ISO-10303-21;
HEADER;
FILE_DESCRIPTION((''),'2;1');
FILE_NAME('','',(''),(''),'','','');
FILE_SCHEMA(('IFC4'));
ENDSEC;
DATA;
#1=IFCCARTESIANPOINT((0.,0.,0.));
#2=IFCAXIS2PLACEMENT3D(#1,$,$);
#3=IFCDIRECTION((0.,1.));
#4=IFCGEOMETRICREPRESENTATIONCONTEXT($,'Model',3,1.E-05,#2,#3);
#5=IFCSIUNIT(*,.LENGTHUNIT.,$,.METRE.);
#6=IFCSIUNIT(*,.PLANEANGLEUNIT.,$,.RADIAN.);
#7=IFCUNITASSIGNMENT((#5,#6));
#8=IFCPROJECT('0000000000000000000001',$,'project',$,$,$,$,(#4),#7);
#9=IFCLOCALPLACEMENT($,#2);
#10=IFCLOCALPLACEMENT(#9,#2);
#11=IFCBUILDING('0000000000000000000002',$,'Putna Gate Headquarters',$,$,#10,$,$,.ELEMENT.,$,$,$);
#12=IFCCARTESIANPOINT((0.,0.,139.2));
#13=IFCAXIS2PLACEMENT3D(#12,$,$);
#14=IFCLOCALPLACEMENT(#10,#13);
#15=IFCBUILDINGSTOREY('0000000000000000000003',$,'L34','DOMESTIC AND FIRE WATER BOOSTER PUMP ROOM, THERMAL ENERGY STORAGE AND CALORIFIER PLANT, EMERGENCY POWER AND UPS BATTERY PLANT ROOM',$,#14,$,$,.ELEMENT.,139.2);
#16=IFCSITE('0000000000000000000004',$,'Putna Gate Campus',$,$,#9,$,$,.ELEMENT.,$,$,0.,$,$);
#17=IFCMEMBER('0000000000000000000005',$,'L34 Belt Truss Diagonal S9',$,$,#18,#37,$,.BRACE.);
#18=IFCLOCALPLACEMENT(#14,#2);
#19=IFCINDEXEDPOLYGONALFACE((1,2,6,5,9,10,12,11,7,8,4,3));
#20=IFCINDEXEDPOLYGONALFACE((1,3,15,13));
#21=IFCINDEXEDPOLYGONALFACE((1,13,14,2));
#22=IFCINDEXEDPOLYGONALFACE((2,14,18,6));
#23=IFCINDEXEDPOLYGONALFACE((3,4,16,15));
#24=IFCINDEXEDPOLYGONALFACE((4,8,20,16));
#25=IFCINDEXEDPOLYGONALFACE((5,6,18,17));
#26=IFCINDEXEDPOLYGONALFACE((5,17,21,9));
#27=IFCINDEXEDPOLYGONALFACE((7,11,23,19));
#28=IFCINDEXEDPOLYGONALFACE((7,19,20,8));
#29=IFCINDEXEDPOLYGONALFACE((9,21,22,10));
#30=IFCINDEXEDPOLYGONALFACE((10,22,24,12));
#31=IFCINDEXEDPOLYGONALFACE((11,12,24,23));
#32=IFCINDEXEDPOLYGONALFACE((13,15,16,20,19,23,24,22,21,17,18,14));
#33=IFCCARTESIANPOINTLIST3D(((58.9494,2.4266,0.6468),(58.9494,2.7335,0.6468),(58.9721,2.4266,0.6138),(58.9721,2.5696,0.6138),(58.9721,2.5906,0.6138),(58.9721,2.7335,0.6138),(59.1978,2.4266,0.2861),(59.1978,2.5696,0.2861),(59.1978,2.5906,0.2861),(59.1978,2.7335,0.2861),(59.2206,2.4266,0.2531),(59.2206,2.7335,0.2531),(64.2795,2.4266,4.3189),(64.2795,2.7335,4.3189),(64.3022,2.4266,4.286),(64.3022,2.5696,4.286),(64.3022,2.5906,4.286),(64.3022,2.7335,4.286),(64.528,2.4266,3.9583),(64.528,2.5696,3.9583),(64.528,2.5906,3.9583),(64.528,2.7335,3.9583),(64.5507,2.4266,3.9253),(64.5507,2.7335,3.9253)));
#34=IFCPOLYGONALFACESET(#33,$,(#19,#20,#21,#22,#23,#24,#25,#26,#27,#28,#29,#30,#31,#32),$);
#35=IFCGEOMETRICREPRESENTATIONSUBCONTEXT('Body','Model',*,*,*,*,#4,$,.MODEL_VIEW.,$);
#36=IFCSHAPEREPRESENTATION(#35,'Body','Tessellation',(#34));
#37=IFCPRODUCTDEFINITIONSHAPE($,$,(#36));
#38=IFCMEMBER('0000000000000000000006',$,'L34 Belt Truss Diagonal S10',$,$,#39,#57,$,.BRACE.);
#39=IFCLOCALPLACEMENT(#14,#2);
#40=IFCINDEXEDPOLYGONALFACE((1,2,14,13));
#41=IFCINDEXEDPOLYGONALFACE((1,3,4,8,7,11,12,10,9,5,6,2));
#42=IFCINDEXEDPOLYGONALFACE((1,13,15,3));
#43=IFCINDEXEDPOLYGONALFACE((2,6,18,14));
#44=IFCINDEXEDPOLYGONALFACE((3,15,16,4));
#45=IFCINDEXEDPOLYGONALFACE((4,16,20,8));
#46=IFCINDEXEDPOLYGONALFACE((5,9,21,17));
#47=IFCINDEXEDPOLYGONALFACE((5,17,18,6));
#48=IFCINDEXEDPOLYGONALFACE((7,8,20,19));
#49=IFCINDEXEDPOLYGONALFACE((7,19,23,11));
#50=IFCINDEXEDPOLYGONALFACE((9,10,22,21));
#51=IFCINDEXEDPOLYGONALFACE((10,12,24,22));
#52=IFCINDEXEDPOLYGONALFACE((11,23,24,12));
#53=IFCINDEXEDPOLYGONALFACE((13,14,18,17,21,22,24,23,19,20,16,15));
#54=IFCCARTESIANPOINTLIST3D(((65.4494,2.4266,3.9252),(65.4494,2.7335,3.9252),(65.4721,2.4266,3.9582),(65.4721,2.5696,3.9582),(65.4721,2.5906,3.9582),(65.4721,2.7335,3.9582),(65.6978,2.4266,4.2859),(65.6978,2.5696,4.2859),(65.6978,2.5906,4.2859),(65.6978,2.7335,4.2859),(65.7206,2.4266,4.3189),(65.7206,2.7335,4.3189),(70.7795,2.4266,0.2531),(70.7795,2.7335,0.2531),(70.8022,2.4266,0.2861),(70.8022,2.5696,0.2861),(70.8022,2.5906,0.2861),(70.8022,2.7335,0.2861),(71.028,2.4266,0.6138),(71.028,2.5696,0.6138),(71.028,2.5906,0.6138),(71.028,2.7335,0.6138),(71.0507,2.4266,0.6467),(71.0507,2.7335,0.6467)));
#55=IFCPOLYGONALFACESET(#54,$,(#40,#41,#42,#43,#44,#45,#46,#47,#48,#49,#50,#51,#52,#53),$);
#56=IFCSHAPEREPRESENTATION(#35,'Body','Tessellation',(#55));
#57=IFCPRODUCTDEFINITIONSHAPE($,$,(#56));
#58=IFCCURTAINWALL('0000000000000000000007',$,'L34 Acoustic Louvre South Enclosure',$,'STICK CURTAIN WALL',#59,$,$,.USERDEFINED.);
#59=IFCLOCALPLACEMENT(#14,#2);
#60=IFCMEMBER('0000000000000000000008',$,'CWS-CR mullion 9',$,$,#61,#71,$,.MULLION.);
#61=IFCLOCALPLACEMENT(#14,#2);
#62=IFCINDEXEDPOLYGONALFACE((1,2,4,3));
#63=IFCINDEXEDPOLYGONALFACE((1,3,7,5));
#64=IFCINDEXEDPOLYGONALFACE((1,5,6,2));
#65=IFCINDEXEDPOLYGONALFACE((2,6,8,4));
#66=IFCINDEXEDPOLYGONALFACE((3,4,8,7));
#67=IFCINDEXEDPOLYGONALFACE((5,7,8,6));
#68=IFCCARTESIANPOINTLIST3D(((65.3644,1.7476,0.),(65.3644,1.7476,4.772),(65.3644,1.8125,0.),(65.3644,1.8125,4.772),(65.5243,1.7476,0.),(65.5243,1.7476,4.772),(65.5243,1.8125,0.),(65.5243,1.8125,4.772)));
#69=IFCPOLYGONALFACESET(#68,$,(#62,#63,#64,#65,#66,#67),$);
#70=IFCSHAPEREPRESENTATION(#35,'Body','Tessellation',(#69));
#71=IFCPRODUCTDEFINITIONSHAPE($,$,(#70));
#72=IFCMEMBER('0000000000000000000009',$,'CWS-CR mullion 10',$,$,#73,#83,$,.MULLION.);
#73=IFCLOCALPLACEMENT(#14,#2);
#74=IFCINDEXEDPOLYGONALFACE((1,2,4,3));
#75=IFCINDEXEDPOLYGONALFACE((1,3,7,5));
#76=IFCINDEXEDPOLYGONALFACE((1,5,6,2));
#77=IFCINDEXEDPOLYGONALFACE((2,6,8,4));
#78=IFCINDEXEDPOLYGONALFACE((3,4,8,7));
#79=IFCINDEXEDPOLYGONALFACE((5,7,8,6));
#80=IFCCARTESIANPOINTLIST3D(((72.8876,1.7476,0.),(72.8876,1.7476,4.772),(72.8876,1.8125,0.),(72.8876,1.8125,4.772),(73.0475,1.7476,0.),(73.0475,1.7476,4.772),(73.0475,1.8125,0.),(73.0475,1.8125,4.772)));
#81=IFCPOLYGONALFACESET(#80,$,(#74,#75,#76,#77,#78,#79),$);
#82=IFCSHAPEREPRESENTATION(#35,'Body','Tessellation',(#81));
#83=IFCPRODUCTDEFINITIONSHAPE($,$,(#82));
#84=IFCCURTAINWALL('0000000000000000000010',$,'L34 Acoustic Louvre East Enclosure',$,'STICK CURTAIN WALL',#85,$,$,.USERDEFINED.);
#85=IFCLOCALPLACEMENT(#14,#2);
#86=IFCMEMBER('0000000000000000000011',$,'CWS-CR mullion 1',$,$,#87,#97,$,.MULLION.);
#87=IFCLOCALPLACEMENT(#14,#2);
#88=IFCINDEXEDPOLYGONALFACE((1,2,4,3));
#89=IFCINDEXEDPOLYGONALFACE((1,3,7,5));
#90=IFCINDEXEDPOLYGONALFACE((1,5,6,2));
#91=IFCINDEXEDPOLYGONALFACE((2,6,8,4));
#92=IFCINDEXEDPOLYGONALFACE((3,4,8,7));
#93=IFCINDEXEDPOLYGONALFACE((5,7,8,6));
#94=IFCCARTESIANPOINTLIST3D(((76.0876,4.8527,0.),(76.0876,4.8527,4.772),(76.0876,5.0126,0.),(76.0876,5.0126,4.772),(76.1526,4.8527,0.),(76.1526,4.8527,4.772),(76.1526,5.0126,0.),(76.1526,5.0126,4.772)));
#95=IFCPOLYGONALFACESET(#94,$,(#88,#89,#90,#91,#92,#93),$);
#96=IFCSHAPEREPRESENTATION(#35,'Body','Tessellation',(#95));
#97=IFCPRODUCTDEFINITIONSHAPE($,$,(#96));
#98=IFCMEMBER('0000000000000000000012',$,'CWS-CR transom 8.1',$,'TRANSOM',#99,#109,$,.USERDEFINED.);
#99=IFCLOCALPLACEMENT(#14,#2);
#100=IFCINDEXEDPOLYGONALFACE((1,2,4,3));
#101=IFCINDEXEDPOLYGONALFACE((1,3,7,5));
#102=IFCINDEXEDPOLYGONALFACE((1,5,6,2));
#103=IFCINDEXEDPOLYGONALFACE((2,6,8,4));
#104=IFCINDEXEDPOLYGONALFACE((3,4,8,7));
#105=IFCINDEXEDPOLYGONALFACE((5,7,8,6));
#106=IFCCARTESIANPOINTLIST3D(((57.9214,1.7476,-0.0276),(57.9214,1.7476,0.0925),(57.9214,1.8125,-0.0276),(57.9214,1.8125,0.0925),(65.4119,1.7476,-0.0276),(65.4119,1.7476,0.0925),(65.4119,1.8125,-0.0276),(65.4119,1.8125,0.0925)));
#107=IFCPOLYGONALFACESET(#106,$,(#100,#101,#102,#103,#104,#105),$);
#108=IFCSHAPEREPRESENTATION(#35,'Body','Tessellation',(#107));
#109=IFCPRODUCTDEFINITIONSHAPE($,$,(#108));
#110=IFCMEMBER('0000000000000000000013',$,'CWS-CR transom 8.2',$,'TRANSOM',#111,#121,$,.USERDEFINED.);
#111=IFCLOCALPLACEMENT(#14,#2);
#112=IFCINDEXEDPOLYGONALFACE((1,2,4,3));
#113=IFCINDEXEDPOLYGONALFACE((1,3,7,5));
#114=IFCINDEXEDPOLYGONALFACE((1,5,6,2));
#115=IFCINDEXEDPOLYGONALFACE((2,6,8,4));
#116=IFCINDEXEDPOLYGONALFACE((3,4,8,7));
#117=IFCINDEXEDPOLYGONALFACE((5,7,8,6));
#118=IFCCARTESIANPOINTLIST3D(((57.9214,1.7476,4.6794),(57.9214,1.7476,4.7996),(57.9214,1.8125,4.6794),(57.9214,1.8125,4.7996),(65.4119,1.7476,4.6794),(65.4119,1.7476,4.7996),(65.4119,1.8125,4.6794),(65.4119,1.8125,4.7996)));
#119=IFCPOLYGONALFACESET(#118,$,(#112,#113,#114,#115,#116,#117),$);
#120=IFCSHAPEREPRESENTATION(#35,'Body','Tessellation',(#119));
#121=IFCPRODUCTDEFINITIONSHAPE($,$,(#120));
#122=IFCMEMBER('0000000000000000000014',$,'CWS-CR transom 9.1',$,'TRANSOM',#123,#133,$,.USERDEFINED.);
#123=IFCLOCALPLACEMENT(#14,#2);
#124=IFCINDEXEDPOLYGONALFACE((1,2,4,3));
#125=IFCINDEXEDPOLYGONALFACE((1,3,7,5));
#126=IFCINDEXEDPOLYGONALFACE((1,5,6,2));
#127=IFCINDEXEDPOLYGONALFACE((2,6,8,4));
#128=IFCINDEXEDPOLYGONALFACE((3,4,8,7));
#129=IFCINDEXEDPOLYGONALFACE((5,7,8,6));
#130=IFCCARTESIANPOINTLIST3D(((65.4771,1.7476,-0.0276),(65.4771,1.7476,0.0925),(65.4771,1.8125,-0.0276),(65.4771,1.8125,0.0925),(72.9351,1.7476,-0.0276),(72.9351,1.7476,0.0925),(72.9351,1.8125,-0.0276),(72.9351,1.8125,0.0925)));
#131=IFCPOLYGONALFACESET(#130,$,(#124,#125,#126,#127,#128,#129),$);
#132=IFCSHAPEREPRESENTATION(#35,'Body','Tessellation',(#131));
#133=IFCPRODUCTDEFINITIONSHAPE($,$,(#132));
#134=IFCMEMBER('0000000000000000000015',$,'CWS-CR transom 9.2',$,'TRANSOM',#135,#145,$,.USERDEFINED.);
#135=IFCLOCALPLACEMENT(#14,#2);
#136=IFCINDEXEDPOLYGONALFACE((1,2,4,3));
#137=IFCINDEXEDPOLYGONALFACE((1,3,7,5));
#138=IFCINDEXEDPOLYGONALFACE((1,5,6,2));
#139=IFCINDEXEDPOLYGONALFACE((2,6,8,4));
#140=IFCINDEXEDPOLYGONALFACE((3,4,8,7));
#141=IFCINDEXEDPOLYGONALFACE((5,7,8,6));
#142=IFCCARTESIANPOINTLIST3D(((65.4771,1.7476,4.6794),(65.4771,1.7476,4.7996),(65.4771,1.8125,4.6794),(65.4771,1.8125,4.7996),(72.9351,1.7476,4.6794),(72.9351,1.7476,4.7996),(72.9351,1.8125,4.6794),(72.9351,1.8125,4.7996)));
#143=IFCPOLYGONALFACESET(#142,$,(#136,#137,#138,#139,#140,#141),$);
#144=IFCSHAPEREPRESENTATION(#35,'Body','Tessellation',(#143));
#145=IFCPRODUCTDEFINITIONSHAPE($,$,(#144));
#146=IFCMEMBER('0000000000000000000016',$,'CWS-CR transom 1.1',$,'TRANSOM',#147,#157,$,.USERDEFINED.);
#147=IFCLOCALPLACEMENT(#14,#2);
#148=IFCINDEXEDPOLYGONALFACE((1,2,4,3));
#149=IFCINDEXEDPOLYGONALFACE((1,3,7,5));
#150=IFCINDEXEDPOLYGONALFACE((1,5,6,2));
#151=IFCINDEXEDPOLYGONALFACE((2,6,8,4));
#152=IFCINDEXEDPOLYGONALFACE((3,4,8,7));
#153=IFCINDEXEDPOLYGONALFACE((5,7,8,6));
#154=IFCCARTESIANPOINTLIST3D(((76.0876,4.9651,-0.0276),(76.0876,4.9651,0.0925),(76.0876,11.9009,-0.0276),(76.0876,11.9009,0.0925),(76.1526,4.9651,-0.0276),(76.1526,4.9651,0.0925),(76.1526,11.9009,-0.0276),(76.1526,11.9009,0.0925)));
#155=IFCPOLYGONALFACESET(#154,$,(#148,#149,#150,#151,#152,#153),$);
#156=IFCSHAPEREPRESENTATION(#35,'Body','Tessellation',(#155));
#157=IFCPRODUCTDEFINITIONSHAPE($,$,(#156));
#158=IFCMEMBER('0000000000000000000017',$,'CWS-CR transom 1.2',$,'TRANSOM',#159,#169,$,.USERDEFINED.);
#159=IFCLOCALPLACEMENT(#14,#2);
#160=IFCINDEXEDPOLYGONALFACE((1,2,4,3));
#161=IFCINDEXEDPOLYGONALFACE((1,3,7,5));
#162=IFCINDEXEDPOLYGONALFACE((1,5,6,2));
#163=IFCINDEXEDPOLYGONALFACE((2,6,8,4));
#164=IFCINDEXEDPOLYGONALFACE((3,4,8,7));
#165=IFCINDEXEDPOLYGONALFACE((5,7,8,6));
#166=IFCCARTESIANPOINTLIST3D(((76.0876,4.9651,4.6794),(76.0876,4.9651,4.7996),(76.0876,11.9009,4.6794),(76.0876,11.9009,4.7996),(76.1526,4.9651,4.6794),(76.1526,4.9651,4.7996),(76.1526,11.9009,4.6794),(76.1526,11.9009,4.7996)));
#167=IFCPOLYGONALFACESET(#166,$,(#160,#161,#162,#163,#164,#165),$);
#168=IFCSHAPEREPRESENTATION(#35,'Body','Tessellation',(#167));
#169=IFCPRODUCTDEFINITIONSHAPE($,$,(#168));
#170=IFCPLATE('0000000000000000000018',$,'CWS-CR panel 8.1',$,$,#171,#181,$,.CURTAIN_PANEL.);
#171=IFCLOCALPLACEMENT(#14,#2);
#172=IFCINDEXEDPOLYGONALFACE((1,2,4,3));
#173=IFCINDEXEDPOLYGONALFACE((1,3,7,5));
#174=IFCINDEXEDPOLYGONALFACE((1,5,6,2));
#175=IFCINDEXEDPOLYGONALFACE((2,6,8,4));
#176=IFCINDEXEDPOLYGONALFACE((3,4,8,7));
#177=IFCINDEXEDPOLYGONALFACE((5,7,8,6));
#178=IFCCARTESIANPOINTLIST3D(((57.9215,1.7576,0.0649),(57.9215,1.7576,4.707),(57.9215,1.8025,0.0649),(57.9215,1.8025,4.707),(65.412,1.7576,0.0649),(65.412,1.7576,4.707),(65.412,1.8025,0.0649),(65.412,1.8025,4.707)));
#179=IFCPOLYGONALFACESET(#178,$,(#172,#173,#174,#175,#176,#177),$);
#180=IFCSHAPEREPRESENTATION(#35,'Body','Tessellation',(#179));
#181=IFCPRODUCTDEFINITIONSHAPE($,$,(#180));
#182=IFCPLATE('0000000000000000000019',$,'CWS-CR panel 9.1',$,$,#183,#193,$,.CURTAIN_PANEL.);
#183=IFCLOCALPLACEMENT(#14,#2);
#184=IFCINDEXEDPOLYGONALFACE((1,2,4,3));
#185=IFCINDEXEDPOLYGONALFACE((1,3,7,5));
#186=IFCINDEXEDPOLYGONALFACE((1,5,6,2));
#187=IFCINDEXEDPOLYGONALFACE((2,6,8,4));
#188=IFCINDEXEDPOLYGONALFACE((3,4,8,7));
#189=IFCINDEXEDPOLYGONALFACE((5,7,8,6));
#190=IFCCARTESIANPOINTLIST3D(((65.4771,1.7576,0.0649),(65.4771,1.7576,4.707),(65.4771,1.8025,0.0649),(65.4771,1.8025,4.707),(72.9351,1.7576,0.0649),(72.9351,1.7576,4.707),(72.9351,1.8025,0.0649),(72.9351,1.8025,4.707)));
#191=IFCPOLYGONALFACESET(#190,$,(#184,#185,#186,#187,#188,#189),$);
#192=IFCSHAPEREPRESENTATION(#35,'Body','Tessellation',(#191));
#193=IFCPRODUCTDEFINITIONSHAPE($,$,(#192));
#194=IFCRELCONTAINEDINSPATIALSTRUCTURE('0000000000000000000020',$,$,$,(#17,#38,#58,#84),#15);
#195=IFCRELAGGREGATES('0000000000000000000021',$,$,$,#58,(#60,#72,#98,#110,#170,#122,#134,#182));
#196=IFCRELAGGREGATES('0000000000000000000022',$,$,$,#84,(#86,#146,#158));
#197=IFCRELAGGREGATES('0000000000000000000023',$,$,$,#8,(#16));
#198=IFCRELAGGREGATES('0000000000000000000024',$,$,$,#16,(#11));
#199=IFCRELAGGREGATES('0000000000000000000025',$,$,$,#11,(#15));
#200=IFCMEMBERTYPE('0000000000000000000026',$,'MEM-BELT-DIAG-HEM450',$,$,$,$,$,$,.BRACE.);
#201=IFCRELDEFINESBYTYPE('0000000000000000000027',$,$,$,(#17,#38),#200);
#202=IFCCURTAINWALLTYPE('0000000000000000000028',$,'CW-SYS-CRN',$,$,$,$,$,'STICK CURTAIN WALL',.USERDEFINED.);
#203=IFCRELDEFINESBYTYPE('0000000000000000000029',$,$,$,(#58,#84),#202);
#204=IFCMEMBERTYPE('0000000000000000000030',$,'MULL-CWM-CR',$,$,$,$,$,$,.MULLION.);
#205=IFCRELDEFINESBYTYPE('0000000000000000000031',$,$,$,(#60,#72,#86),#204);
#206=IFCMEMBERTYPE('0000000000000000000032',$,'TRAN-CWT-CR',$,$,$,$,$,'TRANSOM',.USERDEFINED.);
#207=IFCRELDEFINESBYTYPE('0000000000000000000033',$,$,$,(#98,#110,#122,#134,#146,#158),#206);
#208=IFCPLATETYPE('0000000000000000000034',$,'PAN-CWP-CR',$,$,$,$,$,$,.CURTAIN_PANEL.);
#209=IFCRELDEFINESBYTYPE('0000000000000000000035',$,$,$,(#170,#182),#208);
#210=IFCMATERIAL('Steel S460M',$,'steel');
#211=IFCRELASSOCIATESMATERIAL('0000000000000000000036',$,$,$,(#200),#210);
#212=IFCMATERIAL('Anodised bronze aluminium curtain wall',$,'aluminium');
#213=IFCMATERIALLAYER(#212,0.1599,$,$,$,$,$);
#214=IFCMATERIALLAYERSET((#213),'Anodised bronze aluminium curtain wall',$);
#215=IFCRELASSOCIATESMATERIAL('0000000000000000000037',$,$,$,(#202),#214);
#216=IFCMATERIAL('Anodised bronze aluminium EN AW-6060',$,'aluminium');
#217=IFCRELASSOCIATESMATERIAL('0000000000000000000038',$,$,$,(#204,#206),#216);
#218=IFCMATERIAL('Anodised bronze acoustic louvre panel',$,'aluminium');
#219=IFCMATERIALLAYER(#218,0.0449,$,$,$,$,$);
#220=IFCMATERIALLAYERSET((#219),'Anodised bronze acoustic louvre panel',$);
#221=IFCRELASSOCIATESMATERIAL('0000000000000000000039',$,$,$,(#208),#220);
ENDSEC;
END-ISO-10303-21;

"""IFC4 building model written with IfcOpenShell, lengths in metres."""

from ifc_helpers import new_model, si_unit, direction, frame, origin, origin_2d, place, context, subcontext, project, spatial, rectangle, i_section, extrude, material, layer, layer_set, material_profile, profile_set, type_object, element, aggregate, save


model = new_model("IFC4")

# Units and contexts
model_context = context("Model", 3, precision=1e-05, world=origin(), true_north=direction((0.0, 1.0)))
body_context = subcontext(model_context, "Body", "Model", "MODEL_VIEW")
ifc_project = project(units=[si_unit("LENGTHUNIT", "METRE"), si_unit("PLANEANGLEUNIT", "RADIAN")], contexts=[model_context])

# Site, building, storey
site_placement = place(None, origin())
site = spatial("IfcSite", under=ifc_project, at=site_placement, Name="Putna Gate Campus", CompositionType="ELEMENT", RefElevation=0.0)
building_placement = place(site_placement, origin())
building = spatial("IfcBuilding", under=site, at=building_placement, Name="Putna Gate Headquarters", CompositionType="ELEMENT")
storey_placement = place(building_placement, frame((0.0, 0.0, 139.2)))
storey = spatial("IfcBuildingStorey", under=building, at=storey_placement, Name="L34", Description="DOMESTIC AND FIRE WATER BOOSTER PUMP ROOM, THERMAL ENERGY STORAGE AND CALORIFIER PLANT, EMERGENCY POWER AND UPS BATTERY PLANT ROOM", CompositionType="ELEMENT", Elevation=139.2)

# Members
ifc_material_1 = material(Name="Steel S460M", Category="steel")
ifc_material_profile_1 = material_profile(ifc_material_1, i_section(OverallWidth=0.3069, OverallDepth=0.478, WebThickness=0.021, FlangeThickness=0.04, at=origin_2d()), Name="Steel S460M")
ifc_profile_set_1 = profile_set([ifc_material_profile_1], Name="Steel S460M")
member_type_1 = type_object("IfcMemberType", Name="MEM-BELT-DIAG-HEM450", PredefinedType="BRACE", material=ifc_profile_set_1)
for number, where, z_axis, x_axis, name in (
    (1, (59.085, 2.5801, 0.45), (0.823487, 0.0, 0.567335), (0.0, 1.0, 0.0), "L34 Belt Truss Diagonal S9"),
    (2, (65.585, 2.5801, 4.1221), (0.823487, 0.0, -0.567335), (0.0, 1.0, 0.0), "L34 Belt Truss Diagonal S10"),
):
    element("IfcMember", number, at=place(storey_placement, frame(where, z_axis=z_axis, x_axis=x_axis)), inside=storey, type_object=member_type_1, Name=name, PredefinedType="BRACE", context=body_context, shape_type="SweptSolid", body=[
        extrude(i_section(OverallWidth=0.3069, OverallDepth=0.478, WebThickness=0.021, FlangeThickness=0.04, at=origin_2d()), origin(), (0.0, 0.0, 1.0), 6.4727),
    ])

# Curtain wall, members
ifc_material_2 = material(Name="Anodised bronze aluminium curtain wall", Category="aluminium")
ifc_layer_1 = layer(ifc_material_2, 0.1599)
ifc_layer_set_1 = layer_set([ifc_layer_1], Name="Anodised bronze aluminium curtain wall")
curtain_wall_type = type_object("IfcCurtainWallType", Name="CW-SYS-CRN", ElementType="STICK CURTAIN WALL", PredefinedType="USERDEFINED", material=ifc_layer_set_1)
curtain_wall_1_placement = place(storey_placement, origin())
curtain_wall_1 = element("IfcCurtainWall", 3, at=curtain_wall_1_placement, inside=storey, type_object=curtain_wall_type, Name="L34 Acoustic Louvre South Enclosure", ObjectType="STICK CURTAIN WALL", PredefinedType="USERDEFINED")
ifc_material_3 = material(Name="Anodised bronze aluminium EN AW-6060", Category="aluminium")
ifc_material_profile_2 = material_profile(ifc_material_3, rectangle(XDim=0.0649, YDim=0.1599, at=origin_2d()), Name="Anodised bronze aluminium EN AW-6060")
ifc_profile_set_2 = profile_set([ifc_material_profile_2], Name="Anodised bronze aluminium EN AW-6060")
member_type_2 = type_object("IfcMemberType", Name="MULL-CWM-CR", PredefinedType="MULLION", material=ifc_profile_set_2)
member_1_placement = place(storey_placement, frame((65.4443, 1.78, 0.0), z_axis=(0.0, 0.0, 1.0), x_axis=(0.0, 1.0, 0.0)))
member_1 = element("IfcMember", 4, at=member_1_placement, type_object=member_type_2, Name="CWS-CR mullion 9", PredefinedType="MULLION", context=body_context, shape_type="SweptSolid", body=[
    extrude(rectangle(XDim=0.0649, YDim=0.1599, at=origin_2d()), origin(), (0.0, 0.0, 1.0), 4.772),
])
member_2_placement = place(storey_placement, frame((72.9675, 1.78, 0.0), z_axis=(0.0, 0.0, 1.0), x_axis=(0.0, 1.0, 0.0)))
member_2 = element("IfcMember", 5, at=member_2_placement, type_object=member_type_2, Name="CWS-CR mullion 10", PredefinedType="MULLION", context=body_context, shape_type="SweptSolid", body=[
    extrude(rectangle(XDim=0.0649, YDim=0.1599, at=origin_2d()), origin(), (0.0, 0.0, 1.0), 4.772),
])

# Curtain wall, member
curtain_wall_2_placement = place(storey_placement, origin())
curtain_wall_2 = element("IfcCurtainWall", 6, at=curtain_wall_2_placement, inside=storey, type_object=curtain_wall_type, Name="L34 Acoustic Louvre East Enclosure", ObjectType="STICK CURTAIN WALL", PredefinedType="USERDEFINED")
member_3_placement = place(storey_placement, frame((76.1201, 4.9326, 0.0), z_axis=(0.0, 0.0, 1.0), x_axis=(-1.0, 0.0, 0.0)))
member_3 = element("IfcMember", 7, at=member_3_placement, type_object=member_type_2, Name="CWS-CR mullion 1", PredefinedType="MULLION", context=body_context, shape_type="SweptSolid", body=[
    extrude(rectangle(XDim=0.0649, YDim=0.1599, at=origin_2d()), origin(), (0.0, 0.0, 1.0), 4.772),
])

# Members
ifc_material_profile_3 = material_profile(ifc_material_3, rectangle(XDim=0.0649, YDim=0.1201, at=origin_2d()), Name="Anodised bronze aluminium EN AW-6060")
ifc_profile_set_3 = profile_set([ifc_material_profile_3], Name="Anodised bronze aluminium EN AW-6060")
member_type_3 = type_object("IfcMemberType", Name="TRAN-CWT-CR", ElementType="TRANSOM", PredefinedType="USERDEFINED", material=ifc_profile_set_3)
member_4_placement = place(storey_placement, frame((57.9214, 1.78, 0.0325), z_axis=(1.0, 0.0, 0.0), x_axis=(0.0, 1.0, 0.0)))
member_4 = element("IfcMember", 8, at=member_4_placement, type_object=member_type_3, Name="CWS-CR transom 8.1", ObjectType="TRANSOM", PredefinedType="USERDEFINED", context=body_context, shape_type="SweptSolid", body=[
    extrude(rectangle(XDim=0.0649, YDim=0.1201, at=origin_2d()), origin(), (0.0, 0.0, 1.0), 7.4905),
])
member_5_placement = place(storey_placement, frame((57.9214, 1.78, 4.7395), z_axis=(1.0, 0.0, 0.0), x_axis=(0.0, 1.0, 0.0)))
member_5 = element("IfcMember", 9, at=member_5_placement, type_object=member_type_3, Name="CWS-CR transom 8.2", ObjectType="TRANSOM", PredefinedType="USERDEFINED", context=body_context, shape_type="SweptSolid", body=[
    extrude(rectangle(XDim=0.0649, YDim=0.1201, at=origin_2d()), origin(), (0.0, 0.0, 1.0), 7.4905),
])
member_6_placement = place(storey_placement, frame((65.4771, 1.78, 0.0325), z_axis=(1.0, 0.0, 0.0), x_axis=(0.0, 1.0, 0.0)))
member_6 = element("IfcMember", 10, at=member_6_placement, type_object=member_type_3, Name="CWS-CR transom 9.1", ObjectType="TRANSOM", PredefinedType="USERDEFINED", context=body_context, shape_type="SweptSolid", body=[
    extrude(rectangle(XDim=0.0649, YDim=0.1201, at=origin_2d()), origin(), (0.0, 0.0, 1.0), 7.458),
])
member_7_placement = place(storey_placement, frame((65.4771, 1.78, 4.7395), z_axis=(1.0, 0.0, 0.0), x_axis=(0.0, 1.0, 0.0)))
member_7 = element("IfcMember", 11, at=member_7_placement, type_object=member_type_3, Name="CWS-CR transom 9.2", ObjectType="TRANSOM", PredefinedType="USERDEFINED", context=body_context, shape_type="SweptSolid", body=[
    extrude(rectangle(XDim=0.0649, YDim=0.1201, at=origin_2d()), origin(), (0.0, 0.0, 1.0), 7.458),
])
member_8_placement = place(storey_placement, frame((76.1201, 4.9651, 0.0325), z_axis=(0.0, 1.0, 0.0), x_axis=(-1.0, 0.0, 0.0)))
member_8 = element("IfcMember", 12, at=member_8_placement, type_object=member_type_3, Name="CWS-CR transom 1.1", ObjectType="TRANSOM", PredefinedType="USERDEFINED", context=body_context, shape_type="SweptSolid", body=[
    extrude(rectangle(XDim=0.0649, YDim=0.1201, at=origin_2d()), origin(), (0.0, 0.0, 1.0), 6.9358),
])
member_9_placement = place(storey_placement, frame((76.1201, 4.9651, 4.7395), z_axis=(0.0, 1.0, 0.0), x_axis=(-1.0, 0.0, 0.0)))
member_9 = element("IfcMember", 13, at=member_9_placement, type_object=member_type_3, Name="CWS-CR transom 1.2", ObjectType="TRANSOM", PredefinedType="USERDEFINED", context=body_context, shape_type="SweptSolid", body=[
    extrude(rectangle(XDim=0.0649, YDim=0.1201, at=origin_2d()), origin(), (0.0, 0.0, 1.0), 6.9358),
])

# Plates
ifc_material_4 = material(Name="Anodised bronze acoustic louvre panel", Category="aluminium")
ifc_layer_2 = layer(ifc_material_4, 0.0449)
ifc_layer_set_2 = layer_set([ifc_layer_2], Name="Anodised bronze acoustic louvre panel")
plate_type_1 = type_object("IfcPlateType", Name="PAN-CWP-CR", PredefinedType="CURTAIN_PANEL", material=ifc_layer_set_2)
plate_1_placement = place(storey_placement, frame((61.6667, 1.78, 0.0649), z_axis=(0.0, 0.0, 1.0), x_axis=(1.0, 0.0, 0.0)))
plate_1 = element("IfcPlate", 14, at=plate_1_placement, type_object=plate_type_1, Name="CWS-CR panel 8.1", PredefinedType="CURTAIN_PANEL", context=body_context, shape_type="SweptSolid", body=[
    extrude(rectangle(XDim=7.4905, YDim=0.0449, at=origin_2d()), origin(), (0.0, 0.0, 1.0), 4.6421),
])
plate_2_placement = place(storey_placement, frame((69.2061, 1.78, 0.0649), z_axis=(0.0, 0.0, 1.0), x_axis=(1.0, 0.0, 0.0)))
plate_2 = element("IfcPlate", 15, at=plate_2_placement, type_object=plate_type_1, Name="CWS-CR panel 9.1", PredefinedType="CURTAIN_PANEL", context=body_context, shape_type="SweptSolid", body=[
    extrude(rectangle(XDim=7.458, YDim=0.0449, at=origin_2d()), origin(), (0.0, 0.0, 1.0), 4.6421),
])
aggregate(curtain_wall_1, [member_1, member_2, member_4, member_5, plate_1, member_6, member_7, plate_2])
aggregate(curtain_wall_2, [member_3, member_8, member_9])

save(model, "model.ifc")
